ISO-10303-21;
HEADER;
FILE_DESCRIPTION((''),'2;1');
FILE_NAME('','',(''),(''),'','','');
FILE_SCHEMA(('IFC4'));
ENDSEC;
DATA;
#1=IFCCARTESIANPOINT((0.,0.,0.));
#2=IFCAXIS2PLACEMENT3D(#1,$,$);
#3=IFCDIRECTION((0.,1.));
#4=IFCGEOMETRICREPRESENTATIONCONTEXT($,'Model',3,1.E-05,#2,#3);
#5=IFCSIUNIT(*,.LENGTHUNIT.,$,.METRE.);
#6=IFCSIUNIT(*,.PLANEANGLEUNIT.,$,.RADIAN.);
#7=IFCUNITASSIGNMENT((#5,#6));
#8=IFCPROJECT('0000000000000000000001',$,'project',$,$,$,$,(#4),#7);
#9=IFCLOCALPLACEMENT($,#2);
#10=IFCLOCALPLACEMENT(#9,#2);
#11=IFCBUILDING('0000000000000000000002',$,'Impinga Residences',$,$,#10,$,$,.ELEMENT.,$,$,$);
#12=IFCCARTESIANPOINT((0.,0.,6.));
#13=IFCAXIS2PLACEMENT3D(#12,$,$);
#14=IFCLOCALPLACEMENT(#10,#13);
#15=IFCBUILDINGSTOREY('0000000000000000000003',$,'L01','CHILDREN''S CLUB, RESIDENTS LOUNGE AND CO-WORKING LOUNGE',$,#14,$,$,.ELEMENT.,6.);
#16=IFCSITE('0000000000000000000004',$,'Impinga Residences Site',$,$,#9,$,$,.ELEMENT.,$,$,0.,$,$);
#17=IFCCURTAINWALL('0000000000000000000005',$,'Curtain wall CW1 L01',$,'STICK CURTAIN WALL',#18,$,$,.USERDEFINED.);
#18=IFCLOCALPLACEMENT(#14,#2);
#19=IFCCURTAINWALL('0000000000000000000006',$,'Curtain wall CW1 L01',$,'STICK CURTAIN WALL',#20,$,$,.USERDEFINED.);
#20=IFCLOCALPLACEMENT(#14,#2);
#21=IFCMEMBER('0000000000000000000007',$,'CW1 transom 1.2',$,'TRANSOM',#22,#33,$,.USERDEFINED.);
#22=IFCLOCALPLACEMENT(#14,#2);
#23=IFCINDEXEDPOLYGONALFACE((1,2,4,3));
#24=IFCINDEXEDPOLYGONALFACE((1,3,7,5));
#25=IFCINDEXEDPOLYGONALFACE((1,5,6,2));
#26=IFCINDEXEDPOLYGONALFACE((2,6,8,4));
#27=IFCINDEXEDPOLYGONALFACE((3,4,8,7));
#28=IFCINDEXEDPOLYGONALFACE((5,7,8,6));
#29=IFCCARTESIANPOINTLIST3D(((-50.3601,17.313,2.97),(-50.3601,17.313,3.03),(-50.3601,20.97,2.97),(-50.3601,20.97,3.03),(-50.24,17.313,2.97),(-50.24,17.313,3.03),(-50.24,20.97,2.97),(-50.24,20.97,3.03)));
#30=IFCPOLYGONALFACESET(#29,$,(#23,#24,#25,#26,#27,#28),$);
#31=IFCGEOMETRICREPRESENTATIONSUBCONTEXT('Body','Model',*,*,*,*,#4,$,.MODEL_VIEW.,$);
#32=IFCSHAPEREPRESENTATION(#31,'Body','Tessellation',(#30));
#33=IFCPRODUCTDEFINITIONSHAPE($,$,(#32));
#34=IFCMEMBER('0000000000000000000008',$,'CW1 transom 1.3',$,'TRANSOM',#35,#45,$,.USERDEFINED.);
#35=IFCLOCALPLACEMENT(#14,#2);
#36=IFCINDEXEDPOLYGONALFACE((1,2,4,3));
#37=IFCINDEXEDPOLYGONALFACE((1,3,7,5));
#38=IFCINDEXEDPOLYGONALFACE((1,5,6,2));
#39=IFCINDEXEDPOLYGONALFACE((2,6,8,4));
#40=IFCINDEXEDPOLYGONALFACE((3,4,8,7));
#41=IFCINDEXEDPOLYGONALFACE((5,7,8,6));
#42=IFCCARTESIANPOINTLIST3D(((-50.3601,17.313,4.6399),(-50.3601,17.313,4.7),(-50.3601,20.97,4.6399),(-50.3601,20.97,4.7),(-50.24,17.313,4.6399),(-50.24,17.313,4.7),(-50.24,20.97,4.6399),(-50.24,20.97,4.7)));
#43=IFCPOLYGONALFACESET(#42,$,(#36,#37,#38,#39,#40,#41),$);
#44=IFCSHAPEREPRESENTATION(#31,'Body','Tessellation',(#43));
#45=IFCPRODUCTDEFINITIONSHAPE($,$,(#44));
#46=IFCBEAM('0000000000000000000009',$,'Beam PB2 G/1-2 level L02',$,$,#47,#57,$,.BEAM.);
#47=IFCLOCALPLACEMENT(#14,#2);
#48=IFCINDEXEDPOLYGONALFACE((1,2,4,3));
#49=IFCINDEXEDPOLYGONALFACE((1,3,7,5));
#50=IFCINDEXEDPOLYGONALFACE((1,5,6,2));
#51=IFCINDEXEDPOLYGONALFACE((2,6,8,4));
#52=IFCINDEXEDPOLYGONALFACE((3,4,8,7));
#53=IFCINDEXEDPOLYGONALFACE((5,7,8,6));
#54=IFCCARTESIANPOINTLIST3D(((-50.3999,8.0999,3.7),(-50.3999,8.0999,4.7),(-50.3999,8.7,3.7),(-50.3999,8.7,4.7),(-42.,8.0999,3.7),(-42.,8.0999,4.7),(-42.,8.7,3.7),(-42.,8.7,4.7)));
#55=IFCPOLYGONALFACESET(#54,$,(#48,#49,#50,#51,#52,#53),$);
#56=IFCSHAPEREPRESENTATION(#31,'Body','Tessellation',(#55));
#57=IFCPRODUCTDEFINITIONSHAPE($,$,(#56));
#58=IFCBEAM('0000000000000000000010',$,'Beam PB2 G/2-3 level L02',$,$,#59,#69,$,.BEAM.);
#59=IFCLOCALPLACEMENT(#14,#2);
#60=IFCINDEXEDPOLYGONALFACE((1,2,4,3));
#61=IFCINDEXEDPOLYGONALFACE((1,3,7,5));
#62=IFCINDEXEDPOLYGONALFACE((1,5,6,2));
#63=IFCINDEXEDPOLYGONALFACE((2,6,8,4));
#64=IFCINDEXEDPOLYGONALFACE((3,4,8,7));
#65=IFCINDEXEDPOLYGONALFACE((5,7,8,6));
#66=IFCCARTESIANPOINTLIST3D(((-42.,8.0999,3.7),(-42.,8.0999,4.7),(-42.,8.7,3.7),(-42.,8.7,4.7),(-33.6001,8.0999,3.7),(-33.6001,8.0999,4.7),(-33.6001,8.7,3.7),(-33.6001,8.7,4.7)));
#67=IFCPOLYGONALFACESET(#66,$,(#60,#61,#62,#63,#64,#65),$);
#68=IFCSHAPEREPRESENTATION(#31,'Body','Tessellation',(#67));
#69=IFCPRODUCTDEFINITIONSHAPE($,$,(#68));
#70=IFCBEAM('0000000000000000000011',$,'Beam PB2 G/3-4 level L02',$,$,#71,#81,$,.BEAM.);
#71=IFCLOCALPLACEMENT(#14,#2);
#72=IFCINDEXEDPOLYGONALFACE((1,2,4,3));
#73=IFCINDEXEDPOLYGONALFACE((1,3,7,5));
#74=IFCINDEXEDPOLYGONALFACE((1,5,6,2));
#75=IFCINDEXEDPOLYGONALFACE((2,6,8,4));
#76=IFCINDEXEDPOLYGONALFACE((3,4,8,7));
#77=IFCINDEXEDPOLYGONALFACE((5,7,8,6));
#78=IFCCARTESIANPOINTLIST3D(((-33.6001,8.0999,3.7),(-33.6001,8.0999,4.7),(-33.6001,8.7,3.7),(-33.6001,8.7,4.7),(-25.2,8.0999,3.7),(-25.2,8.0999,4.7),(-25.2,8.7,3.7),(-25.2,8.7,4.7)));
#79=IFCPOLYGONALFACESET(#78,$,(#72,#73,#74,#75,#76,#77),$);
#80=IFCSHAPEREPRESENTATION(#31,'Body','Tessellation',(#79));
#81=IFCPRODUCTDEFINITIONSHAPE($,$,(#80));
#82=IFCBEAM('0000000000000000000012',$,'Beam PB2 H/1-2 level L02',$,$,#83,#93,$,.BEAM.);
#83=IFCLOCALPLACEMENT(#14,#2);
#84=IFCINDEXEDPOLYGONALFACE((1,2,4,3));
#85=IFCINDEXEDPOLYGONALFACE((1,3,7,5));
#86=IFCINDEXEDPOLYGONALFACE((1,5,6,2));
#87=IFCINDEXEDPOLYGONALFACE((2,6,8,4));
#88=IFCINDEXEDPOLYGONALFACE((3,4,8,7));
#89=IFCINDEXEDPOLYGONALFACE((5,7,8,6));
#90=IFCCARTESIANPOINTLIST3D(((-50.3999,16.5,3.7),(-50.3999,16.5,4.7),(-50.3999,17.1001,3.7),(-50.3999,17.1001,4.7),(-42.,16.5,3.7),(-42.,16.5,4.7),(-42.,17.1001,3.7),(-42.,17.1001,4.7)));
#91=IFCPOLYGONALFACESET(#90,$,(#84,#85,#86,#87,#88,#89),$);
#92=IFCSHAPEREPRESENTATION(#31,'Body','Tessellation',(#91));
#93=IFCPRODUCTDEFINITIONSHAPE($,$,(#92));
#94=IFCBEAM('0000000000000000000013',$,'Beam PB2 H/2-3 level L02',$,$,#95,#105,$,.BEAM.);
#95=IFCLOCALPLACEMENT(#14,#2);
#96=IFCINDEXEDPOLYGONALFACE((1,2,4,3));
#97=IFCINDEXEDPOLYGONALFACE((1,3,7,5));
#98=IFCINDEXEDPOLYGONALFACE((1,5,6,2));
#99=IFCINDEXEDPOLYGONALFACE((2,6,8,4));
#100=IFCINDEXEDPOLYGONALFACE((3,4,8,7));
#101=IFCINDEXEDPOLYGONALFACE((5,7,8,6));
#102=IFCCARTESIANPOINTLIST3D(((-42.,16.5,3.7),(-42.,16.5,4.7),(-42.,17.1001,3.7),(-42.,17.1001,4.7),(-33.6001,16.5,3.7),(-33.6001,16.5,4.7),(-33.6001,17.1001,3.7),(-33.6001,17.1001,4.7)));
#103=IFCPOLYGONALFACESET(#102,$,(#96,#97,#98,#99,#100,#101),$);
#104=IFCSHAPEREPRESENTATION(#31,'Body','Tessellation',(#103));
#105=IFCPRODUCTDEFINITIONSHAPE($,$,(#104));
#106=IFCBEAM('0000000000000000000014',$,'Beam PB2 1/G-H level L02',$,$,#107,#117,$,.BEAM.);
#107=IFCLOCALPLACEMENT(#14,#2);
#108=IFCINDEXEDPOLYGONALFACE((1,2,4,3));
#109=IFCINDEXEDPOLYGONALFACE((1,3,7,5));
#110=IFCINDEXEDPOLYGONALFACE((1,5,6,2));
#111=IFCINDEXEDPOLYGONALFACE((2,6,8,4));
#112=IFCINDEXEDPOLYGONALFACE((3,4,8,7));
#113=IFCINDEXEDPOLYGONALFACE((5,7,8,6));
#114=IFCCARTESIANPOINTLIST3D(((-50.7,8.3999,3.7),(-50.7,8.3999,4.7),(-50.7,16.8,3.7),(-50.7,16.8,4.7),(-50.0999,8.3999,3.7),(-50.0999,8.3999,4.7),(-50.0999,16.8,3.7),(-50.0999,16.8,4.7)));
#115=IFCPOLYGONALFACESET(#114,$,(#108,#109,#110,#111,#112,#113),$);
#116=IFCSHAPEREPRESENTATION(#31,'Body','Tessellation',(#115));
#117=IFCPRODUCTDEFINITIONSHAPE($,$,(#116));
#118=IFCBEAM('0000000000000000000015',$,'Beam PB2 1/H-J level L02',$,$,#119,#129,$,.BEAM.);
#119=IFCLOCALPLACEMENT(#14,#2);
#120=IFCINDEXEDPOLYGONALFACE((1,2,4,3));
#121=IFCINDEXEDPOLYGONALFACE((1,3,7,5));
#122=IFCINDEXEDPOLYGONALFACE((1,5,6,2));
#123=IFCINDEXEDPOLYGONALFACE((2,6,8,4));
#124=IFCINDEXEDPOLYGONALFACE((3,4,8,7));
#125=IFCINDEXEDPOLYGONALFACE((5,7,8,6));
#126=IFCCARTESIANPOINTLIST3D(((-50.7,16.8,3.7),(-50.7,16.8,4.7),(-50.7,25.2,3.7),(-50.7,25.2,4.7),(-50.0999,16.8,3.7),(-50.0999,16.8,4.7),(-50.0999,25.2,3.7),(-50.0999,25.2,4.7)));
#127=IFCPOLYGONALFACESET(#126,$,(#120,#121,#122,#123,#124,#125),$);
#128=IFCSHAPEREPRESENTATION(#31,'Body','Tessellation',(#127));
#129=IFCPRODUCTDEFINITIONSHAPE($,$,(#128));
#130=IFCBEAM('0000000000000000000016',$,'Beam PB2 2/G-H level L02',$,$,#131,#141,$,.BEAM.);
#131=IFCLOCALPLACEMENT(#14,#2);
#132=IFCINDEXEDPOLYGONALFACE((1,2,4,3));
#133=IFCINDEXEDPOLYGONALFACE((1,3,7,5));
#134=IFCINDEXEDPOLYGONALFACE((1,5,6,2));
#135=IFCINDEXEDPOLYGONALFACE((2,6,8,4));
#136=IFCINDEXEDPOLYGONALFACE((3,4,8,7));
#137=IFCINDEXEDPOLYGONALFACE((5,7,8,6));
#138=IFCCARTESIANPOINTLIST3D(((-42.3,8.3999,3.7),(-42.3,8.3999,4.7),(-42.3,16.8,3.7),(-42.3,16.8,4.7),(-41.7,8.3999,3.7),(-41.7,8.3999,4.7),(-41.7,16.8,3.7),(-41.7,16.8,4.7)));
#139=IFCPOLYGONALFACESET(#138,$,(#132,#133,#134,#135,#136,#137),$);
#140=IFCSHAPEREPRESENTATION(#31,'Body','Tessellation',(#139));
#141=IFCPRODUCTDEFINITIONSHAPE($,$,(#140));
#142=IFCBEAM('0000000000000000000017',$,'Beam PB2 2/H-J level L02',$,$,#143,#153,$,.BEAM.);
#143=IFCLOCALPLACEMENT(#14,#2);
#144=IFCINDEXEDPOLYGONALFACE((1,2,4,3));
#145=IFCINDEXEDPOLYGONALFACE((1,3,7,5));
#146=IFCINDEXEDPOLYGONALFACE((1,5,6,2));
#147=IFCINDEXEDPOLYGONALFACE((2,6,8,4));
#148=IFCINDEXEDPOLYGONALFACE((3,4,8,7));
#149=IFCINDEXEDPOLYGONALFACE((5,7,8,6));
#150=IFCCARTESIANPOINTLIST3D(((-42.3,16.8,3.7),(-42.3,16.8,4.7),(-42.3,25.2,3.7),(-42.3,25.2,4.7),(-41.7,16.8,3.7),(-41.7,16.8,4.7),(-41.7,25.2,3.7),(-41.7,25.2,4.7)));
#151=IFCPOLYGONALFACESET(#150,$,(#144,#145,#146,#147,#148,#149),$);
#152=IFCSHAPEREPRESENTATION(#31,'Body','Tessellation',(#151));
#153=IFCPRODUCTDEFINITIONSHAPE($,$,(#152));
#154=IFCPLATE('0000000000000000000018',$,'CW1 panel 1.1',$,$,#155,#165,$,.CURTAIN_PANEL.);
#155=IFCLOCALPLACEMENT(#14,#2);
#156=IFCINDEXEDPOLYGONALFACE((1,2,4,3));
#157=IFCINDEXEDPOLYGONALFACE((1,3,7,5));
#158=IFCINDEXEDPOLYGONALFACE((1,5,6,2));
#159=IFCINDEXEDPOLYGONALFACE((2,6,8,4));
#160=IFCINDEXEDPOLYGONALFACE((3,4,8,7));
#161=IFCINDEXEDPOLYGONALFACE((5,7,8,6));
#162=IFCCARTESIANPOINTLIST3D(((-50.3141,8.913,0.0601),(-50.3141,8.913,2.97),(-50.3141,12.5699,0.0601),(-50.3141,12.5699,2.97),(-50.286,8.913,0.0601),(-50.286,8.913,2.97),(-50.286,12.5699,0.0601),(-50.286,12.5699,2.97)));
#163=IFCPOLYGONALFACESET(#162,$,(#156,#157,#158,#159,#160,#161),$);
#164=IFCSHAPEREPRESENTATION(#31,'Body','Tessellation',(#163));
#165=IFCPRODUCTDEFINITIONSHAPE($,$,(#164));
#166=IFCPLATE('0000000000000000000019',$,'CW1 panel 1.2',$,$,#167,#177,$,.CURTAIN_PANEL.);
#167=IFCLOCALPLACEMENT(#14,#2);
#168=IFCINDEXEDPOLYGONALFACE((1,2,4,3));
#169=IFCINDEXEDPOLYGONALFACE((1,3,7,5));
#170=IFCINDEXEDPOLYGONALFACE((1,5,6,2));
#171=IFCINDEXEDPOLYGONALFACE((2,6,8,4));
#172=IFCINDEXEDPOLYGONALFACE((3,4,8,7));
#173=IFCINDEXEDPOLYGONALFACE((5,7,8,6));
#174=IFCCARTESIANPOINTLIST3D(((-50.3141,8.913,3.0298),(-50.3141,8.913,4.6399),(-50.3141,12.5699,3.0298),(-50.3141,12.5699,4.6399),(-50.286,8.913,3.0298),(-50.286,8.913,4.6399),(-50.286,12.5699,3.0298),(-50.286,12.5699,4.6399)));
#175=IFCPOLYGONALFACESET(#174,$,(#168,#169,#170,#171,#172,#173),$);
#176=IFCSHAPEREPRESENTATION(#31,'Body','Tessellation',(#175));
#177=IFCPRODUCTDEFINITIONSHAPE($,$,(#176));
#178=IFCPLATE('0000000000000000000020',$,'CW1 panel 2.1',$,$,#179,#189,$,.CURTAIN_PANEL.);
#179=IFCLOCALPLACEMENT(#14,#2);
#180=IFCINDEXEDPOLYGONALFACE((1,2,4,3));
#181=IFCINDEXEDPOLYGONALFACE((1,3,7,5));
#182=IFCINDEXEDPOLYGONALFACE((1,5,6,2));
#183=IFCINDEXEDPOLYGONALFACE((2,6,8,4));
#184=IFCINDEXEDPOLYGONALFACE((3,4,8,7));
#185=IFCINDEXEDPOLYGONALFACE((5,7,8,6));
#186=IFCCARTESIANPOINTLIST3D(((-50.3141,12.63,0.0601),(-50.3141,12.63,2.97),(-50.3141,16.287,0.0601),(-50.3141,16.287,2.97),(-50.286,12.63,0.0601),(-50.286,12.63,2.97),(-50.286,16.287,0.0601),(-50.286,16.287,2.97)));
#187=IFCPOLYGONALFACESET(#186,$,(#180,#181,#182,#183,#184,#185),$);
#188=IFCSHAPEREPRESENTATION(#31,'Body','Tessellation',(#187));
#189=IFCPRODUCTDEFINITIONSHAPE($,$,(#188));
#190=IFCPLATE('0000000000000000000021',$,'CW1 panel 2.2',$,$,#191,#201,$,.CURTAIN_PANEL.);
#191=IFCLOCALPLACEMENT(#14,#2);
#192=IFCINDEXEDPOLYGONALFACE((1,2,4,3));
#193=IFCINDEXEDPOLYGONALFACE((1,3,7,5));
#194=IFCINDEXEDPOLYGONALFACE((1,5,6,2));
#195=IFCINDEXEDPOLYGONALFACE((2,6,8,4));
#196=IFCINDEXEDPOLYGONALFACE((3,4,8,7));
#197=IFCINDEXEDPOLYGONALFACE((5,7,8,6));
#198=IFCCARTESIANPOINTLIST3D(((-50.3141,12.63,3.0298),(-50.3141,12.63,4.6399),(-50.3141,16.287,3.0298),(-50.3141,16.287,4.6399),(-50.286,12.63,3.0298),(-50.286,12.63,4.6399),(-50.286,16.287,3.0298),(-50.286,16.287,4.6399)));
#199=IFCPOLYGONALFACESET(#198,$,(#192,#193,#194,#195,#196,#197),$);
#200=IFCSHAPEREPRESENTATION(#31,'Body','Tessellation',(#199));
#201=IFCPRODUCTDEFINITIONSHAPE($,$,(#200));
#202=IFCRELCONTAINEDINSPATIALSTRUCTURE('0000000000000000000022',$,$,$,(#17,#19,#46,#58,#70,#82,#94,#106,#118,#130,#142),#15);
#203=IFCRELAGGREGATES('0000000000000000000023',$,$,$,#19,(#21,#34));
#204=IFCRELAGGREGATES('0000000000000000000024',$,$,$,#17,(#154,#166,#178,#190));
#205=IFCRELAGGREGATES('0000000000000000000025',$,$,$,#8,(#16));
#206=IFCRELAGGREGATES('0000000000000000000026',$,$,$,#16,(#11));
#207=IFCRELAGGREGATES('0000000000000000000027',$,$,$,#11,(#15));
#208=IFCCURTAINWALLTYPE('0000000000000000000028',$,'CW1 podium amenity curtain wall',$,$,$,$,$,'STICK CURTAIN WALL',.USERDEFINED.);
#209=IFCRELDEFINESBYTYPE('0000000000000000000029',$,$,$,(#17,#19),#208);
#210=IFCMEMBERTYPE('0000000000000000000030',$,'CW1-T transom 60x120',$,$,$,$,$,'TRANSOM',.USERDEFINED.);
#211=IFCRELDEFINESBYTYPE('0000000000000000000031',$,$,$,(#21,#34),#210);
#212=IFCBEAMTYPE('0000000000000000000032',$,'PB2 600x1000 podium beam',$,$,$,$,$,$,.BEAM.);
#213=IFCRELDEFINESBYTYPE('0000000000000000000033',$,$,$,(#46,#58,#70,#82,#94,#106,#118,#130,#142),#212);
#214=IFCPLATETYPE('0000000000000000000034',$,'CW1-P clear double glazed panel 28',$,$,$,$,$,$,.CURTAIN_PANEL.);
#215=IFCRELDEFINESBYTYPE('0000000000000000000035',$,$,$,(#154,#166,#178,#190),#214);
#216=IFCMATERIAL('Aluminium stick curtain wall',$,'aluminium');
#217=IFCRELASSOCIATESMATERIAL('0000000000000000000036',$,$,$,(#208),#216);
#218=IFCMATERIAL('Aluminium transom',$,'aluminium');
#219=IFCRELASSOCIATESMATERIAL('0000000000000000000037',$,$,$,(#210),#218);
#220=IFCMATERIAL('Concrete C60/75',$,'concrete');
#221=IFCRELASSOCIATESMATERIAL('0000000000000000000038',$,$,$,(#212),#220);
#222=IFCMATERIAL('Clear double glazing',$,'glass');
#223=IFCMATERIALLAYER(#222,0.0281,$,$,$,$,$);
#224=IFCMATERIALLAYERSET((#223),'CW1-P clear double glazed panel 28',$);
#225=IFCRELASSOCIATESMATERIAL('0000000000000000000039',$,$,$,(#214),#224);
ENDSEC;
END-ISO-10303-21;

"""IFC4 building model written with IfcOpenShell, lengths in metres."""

from ifc_helpers import new_model, si_unit, direction, frame, origin, origin_2d, place, context, subcontext, project, spatial, rectangle, extrude, material, layer, layer_set, material_profile, profile_set, type_object, element, aggregate, save


model = new_model("IFC4")

# Units and contexts
model_context = context("Model", 3, precision=1e-05, world=origin(), true_north=direction((0.0, 1.0)))
body_context = subcontext(model_context, "Body", "Model", "MODEL_VIEW")
ifc_project = project(units=[si_unit("LENGTHUNIT", "METRE"), si_unit("PLANEANGLEUNIT", "RADIAN")], contexts=[model_context])

# Site, building, storey
site_placement = place(None, origin())
site = spatial("IfcSite", under=ifc_project, at=site_placement, Name="Impinga Residences Site", CompositionType="ELEMENT", RefElevation=0.0)
building_placement = place(site_placement, origin())
building = spatial("IfcBuilding", under=site, at=building_placement, Name="Impinga Residences", CompositionType="ELEMENT")
storey_placement = place(building_placement, frame((0.0, 0.0, 6.0)))
storey = spatial("IfcBuildingStorey", under=building, at=storey_placement, Name="L01", Description="CHILDREN'S CLUB, RESIDENTS LOUNGE AND CO-WORKING LOUNGE", CompositionType="ELEMENT", Elevation=6.0)

# Curtain wall
ifc_material_1 = material(Name="Aluminium stick curtain wall", Category="aluminium")
curtain_wall_type = type_object("IfcCurtainWallType", Name="CW1 podium amenity curtain wall", ElementType="STICK CURTAIN WALL", PredefinedType="USERDEFINED", material=ifc_material_1)
curtain_wall_1_placement = place(storey_placement, origin())
curtain_wall_1 = element("IfcCurtainWall", 1, at=curtain_wall_1_placement, inside=storey, type_object=curtain_wall_type, Name="Curtain wall CW1 L01", ObjectType="STICK CURTAIN WALL", PredefinedType="USERDEFINED")

# Curtain wall
curtain_wall_2_placement = place(storey_placement, origin())
curtain_wall_2 = element("IfcCurtainWall", 2, at=curtain_wall_2_placement, inside=storey, type_object=curtain_wall_type, Name="Curtain wall CW1 L01", ObjectType="STICK CURTAIN WALL", PredefinedType="USERDEFINED")

# Members
ifc_material_2 = material(Name="Aluminium transom", Category="aluminium")
ifc_material_profile_1 = material_profile(ifc_material_2, rectangle(XDim=0.0601, YDim=0.1201, at=origin_2d()), Name="60x120 transom")
ifc_profile_set_1 = profile_set([ifc_material_profile_1], Name="Aluminium transom")
member_type_1 = type_object("IfcMemberType", Name="CW1-T transom 60x120", ElementType="TRANSOM", PredefinedType="USERDEFINED", material=ifc_profile_set_1)
member_1_placement = place(storey_placement, frame((-50.3, 17.313, 3.0), z_axis=(0.0, 1.0, 0.0), x_axis=(0.0, 0.0, 1.0)))
member_1 = element("IfcMember", 3, at=member_1_placement, type_object=member_type_1, Name="CW1 transom 1.2", ObjectType="TRANSOM", PredefinedType="USERDEFINED", context=body_context, shape_type="SweptSolid", body=[
    extrude(rectangle(XDim=0.0601, YDim=0.1201, at=origin_2d()), origin(), (0.0, 0.0, 1.0), 3.657),
])
member_2_placement = place(storey_placement, frame((-50.3, 17.313, 4.6699), z_axis=(0.0, 1.0, 0.0), x_axis=(0.0, 0.0, 1.0)))
member_2 = element("IfcMember", 4, at=member_2_placement, type_object=member_type_1, Name="CW1 transom 1.3", ObjectType="TRANSOM", PredefinedType="USERDEFINED", context=body_context, shape_type="SweptSolid", body=[
    extrude(rectangle(XDim=0.0601, YDim=0.1201, at=origin_2d()), origin(), (0.0, 0.0, 1.0), 3.657),
])
aggregate(curtain_wall_2, [member_1, member_2])

# Beams
ifc_material_3 = material(Name="Concrete C60/75", Category="concrete")
ifc_material_profile_2 = material_profile(ifc_material_3, rectangle(XDim=0.6001, YDim=1.0, at=origin_2d()), Name="RC 600x1000")
ifc_profile_set_2 = profile_set([ifc_material_profile_2], Name="Concrete C60/75")
beam_type = type_object("IfcBeamType", Name="PB2 600x1000 podium beam", PredefinedType="BEAM", material=ifc_profile_set_2)
for number, where, z_axis, x_axis, name in (
    (5, (-50.3999, 8.3999, 4.2), (1.0, 0.0, 0.0), (0.0, 1.0, 0.0), "Beam PB2 G/1-2 level L02"),
    (6, (-42.0, 8.3999, 4.2), (1.0, 0.0, 0.0), (0.0, 1.0, 0.0), "Beam PB2 G/2-3 level L02"),
):
    element("IfcBeam", number, at=place(storey_placement, frame(where, z_axis=z_axis, x_axis=x_axis)), inside=storey, type_object=beam_type, Name=name, PredefinedType="BEAM", context=body_context, shape_type="SweptSolid", body=[
        extrude(rectangle(XDim=0.6001, YDim=1.0, at=origin_2d()), origin(), (0.0, 0.0, 1.0), 8.3999),
    ])
beam_1_placement = place(storey_placement, frame((-33.6001, 8.3999, 4.2), z_axis=(1.0, 0.0, 0.0), x_axis=(0.0, 1.0, 0.0)))
element("IfcBeam", 7, at=beam_1_placement, inside=storey, type_object=beam_type, Name="Beam PB2 G/3-4 level L02", PredefinedType="BEAM", context=body_context, shape_type="SweptSolid", body=[
    extrude(rectangle(XDim=0.6001, YDim=1.0, at=origin_2d()), origin(), (0.0, 0.0, 1.0), 8.4001),
])
for number, where, z_axis, x_axis, name in (
    (8, (-50.3999, 16.8, 4.2), (1.0, 0.0, 0.0), (0.0, 1.0, 0.0), "Beam PB2 H/1-2 level L02"),
    (9, (-42.0, 16.8, 4.2), (1.0, 0.0, 0.0), (0.0, 1.0, 0.0), "Beam PB2 H/2-3 level L02"),
):
    element("IfcBeam", number, at=place(storey_placement, frame(where, z_axis=z_axis, x_axis=x_axis)), inside=storey, type_object=beam_type, Name=name, PredefinedType="BEAM", context=body_context, shape_type="SweptSolid", body=[
        extrude(rectangle(XDim=0.6001, YDim=1.0, at=origin_2d()), origin(), (0.0, 0.0, 1.0), 8.3999),
    ])
beam_2_placement = place(storey_placement, frame((-50.3999, 8.3999, 4.2), z_axis=(0.0, 1.0, 0.0), x_axis=(-1.0, 0.0, 0.0)))
element("IfcBeam", 10, at=beam_2_placement, inside=storey, type_object=beam_type, Name="Beam PB2 1/G-H level L02", PredefinedType="BEAM", context=body_context, shape_type="SweptSolid", body=[
    extrude(rectangle(XDim=0.6001, YDim=1.0, at=origin_2d()), origin(), (0.0, 0.0, 1.0), 8.4001),
])
beam_3_placement = place(storey_placement, frame((-50.3999, 16.8, 4.2), z_axis=(0.0, 1.0, 0.0), x_axis=(-1.0, 0.0, 0.0)))
element("IfcBeam", 11, at=beam_3_placement, inside=storey, type_object=beam_type, Name="Beam PB2 1/H-J level L02", PredefinedType="BEAM", context=body_context, shape_type="SweptSolid", body=[
    extrude(rectangle(XDim=0.6001, YDim=1.0, at=origin_2d()), origin(), (0.0, 0.0, 1.0), 8.3999),
])
beam_4_placement = place(storey_placement, frame((-42.0, 8.3999, 4.2), z_axis=(0.0, 1.0, 0.0), x_axis=(-1.0, 0.0, 0.0)))
element("IfcBeam", 12, at=beam_4_placement, inside=storey, type_object=beam_type, Name="Beam PB2 2/G-H level L02", PredefinedType="BEAM", context=body_context, shape_type="SweptSolid", body=[
    extrude(rectangle(XDim=0.6001, YDim=1.0, at=origin_2d()), origin(), (0.0, 0.0, 1.0), 8.4001),
])
beam_5_placement = place(storey_placement, frame((-42.0, 16.8, 4.2), z_axis=(0.0, 1.0, 0.0), x_axis=(-1.0, 0.0, 0.0)))
element("IfcBeam", 13, at=beam_5_placement, inside=storey, type_object=beam_type, Name="Beam PB2 2/H-J level L02", PredefinedType="BEAM", context=body_context, shape_type="SweptSolid", body=[
    extrude(rectangle(XDim=0.6001, YDim=1.0, at=origin_2d()), origin(), (0.0, 0.0, 1.0), 8.3999),
])

# Plates
ifc_material_4 = material(Name="Clear double glazing", Category="glass")
ifc_layer_1 = layer(ifc_material_4, 0.0281)
ifc_layer_set_1 = layer_set([ifc_layer_1], Name="CW1-P clear double glazed panel 28")
plate_type = type_object("IfcPlateType", Name="CW1-P clear double glazed panel 28", PredefinedType="CURTAIN_PANEL", material=ifc_layer_set_1)
plate_1_placement = place(storey_placement, frame((-50.3, 10.7415, 0.0601), z_axis=(0.0, 0.0, 1.0), x_axis=(0.0, 1.0, 0.0)))
plate_1 = element("IfcPlate", 14, at=plate_1_placement, type_object=plate_type, Name="CW1 panel 1.1", PredefinedType="CURTAIN_PANEL", context=body_context, shape_type="SweptSolid", body=[
    extrude(rectangle(XDim=3.657, YDim=0.0281, at=origin_2d()), origin(), (0.0, 0.0, 1.0), 2.9099),
])
plate_2_placement = place(storey_placement, frame((-50.3, 10.7415, 3.0298), z_axis=(0.0, 0.0, 1.0), x_axis=(0.0, 1.0, 0.0)))
plate_2 = element("IfcPlate", 15, at=plate_2_placement, type_object=plate_type, Name="CW1 panel 1.2", PredefinedType="CURTAIN_PANEL", context=body_context, shape_type="SweptSolid", body=[
    extrude(rectangle(XDim=3.657, YDim=0.0281, at=origin_2d()), origin(), (0.0, 0.0, 1.0), 1.6101),
])
plate_3_placement = place(storey_placement, frame((-50.3, 14.4585, 0.0601), z_axis=(0.0, 0.0, 1.0), x_axis=(0.0, 1.0, 0.0)))
plate_3 = element("IfcPlate", 16, at=plate_3_placement, type_object=plate_type, Name="CW1 panel 2.1", PredefinedType="CURTAIN_PANEL", context=body_context, shape_type="SweptSolid", body=[
    extrude(rectangle(XDim=3.657, YDim=0.0281, at=origin_2d()), origin(), (0.0, 0.0, 1.0), 2.9099),
])
plate_4_placement = place(storey_placement, frame((-50.3, 14.4585, 3.0298), z_axis=(0.0, 0.0, 1.0), x_axis=(0.0, 1.0, 0.0)))
plate_4 = element("IfcPlate", 17, at=plate_4_placement, type_object=plate_type, Name="CW1 panel 2.2", PredefinedType="CURTAIN_PANEL", context=body_context, shape_type="SweptSolid", body=[
    extrude(rectangle(XDim=3.657, YDim=0.0281, at=origin_2d()), origin(), (0.0, 0.0, 1.0), 1.6101),
])
aggregate(curtain_wall_1, [plate_1, plate_2, plate_3, plate_4])

save(model, "model.ifc")
